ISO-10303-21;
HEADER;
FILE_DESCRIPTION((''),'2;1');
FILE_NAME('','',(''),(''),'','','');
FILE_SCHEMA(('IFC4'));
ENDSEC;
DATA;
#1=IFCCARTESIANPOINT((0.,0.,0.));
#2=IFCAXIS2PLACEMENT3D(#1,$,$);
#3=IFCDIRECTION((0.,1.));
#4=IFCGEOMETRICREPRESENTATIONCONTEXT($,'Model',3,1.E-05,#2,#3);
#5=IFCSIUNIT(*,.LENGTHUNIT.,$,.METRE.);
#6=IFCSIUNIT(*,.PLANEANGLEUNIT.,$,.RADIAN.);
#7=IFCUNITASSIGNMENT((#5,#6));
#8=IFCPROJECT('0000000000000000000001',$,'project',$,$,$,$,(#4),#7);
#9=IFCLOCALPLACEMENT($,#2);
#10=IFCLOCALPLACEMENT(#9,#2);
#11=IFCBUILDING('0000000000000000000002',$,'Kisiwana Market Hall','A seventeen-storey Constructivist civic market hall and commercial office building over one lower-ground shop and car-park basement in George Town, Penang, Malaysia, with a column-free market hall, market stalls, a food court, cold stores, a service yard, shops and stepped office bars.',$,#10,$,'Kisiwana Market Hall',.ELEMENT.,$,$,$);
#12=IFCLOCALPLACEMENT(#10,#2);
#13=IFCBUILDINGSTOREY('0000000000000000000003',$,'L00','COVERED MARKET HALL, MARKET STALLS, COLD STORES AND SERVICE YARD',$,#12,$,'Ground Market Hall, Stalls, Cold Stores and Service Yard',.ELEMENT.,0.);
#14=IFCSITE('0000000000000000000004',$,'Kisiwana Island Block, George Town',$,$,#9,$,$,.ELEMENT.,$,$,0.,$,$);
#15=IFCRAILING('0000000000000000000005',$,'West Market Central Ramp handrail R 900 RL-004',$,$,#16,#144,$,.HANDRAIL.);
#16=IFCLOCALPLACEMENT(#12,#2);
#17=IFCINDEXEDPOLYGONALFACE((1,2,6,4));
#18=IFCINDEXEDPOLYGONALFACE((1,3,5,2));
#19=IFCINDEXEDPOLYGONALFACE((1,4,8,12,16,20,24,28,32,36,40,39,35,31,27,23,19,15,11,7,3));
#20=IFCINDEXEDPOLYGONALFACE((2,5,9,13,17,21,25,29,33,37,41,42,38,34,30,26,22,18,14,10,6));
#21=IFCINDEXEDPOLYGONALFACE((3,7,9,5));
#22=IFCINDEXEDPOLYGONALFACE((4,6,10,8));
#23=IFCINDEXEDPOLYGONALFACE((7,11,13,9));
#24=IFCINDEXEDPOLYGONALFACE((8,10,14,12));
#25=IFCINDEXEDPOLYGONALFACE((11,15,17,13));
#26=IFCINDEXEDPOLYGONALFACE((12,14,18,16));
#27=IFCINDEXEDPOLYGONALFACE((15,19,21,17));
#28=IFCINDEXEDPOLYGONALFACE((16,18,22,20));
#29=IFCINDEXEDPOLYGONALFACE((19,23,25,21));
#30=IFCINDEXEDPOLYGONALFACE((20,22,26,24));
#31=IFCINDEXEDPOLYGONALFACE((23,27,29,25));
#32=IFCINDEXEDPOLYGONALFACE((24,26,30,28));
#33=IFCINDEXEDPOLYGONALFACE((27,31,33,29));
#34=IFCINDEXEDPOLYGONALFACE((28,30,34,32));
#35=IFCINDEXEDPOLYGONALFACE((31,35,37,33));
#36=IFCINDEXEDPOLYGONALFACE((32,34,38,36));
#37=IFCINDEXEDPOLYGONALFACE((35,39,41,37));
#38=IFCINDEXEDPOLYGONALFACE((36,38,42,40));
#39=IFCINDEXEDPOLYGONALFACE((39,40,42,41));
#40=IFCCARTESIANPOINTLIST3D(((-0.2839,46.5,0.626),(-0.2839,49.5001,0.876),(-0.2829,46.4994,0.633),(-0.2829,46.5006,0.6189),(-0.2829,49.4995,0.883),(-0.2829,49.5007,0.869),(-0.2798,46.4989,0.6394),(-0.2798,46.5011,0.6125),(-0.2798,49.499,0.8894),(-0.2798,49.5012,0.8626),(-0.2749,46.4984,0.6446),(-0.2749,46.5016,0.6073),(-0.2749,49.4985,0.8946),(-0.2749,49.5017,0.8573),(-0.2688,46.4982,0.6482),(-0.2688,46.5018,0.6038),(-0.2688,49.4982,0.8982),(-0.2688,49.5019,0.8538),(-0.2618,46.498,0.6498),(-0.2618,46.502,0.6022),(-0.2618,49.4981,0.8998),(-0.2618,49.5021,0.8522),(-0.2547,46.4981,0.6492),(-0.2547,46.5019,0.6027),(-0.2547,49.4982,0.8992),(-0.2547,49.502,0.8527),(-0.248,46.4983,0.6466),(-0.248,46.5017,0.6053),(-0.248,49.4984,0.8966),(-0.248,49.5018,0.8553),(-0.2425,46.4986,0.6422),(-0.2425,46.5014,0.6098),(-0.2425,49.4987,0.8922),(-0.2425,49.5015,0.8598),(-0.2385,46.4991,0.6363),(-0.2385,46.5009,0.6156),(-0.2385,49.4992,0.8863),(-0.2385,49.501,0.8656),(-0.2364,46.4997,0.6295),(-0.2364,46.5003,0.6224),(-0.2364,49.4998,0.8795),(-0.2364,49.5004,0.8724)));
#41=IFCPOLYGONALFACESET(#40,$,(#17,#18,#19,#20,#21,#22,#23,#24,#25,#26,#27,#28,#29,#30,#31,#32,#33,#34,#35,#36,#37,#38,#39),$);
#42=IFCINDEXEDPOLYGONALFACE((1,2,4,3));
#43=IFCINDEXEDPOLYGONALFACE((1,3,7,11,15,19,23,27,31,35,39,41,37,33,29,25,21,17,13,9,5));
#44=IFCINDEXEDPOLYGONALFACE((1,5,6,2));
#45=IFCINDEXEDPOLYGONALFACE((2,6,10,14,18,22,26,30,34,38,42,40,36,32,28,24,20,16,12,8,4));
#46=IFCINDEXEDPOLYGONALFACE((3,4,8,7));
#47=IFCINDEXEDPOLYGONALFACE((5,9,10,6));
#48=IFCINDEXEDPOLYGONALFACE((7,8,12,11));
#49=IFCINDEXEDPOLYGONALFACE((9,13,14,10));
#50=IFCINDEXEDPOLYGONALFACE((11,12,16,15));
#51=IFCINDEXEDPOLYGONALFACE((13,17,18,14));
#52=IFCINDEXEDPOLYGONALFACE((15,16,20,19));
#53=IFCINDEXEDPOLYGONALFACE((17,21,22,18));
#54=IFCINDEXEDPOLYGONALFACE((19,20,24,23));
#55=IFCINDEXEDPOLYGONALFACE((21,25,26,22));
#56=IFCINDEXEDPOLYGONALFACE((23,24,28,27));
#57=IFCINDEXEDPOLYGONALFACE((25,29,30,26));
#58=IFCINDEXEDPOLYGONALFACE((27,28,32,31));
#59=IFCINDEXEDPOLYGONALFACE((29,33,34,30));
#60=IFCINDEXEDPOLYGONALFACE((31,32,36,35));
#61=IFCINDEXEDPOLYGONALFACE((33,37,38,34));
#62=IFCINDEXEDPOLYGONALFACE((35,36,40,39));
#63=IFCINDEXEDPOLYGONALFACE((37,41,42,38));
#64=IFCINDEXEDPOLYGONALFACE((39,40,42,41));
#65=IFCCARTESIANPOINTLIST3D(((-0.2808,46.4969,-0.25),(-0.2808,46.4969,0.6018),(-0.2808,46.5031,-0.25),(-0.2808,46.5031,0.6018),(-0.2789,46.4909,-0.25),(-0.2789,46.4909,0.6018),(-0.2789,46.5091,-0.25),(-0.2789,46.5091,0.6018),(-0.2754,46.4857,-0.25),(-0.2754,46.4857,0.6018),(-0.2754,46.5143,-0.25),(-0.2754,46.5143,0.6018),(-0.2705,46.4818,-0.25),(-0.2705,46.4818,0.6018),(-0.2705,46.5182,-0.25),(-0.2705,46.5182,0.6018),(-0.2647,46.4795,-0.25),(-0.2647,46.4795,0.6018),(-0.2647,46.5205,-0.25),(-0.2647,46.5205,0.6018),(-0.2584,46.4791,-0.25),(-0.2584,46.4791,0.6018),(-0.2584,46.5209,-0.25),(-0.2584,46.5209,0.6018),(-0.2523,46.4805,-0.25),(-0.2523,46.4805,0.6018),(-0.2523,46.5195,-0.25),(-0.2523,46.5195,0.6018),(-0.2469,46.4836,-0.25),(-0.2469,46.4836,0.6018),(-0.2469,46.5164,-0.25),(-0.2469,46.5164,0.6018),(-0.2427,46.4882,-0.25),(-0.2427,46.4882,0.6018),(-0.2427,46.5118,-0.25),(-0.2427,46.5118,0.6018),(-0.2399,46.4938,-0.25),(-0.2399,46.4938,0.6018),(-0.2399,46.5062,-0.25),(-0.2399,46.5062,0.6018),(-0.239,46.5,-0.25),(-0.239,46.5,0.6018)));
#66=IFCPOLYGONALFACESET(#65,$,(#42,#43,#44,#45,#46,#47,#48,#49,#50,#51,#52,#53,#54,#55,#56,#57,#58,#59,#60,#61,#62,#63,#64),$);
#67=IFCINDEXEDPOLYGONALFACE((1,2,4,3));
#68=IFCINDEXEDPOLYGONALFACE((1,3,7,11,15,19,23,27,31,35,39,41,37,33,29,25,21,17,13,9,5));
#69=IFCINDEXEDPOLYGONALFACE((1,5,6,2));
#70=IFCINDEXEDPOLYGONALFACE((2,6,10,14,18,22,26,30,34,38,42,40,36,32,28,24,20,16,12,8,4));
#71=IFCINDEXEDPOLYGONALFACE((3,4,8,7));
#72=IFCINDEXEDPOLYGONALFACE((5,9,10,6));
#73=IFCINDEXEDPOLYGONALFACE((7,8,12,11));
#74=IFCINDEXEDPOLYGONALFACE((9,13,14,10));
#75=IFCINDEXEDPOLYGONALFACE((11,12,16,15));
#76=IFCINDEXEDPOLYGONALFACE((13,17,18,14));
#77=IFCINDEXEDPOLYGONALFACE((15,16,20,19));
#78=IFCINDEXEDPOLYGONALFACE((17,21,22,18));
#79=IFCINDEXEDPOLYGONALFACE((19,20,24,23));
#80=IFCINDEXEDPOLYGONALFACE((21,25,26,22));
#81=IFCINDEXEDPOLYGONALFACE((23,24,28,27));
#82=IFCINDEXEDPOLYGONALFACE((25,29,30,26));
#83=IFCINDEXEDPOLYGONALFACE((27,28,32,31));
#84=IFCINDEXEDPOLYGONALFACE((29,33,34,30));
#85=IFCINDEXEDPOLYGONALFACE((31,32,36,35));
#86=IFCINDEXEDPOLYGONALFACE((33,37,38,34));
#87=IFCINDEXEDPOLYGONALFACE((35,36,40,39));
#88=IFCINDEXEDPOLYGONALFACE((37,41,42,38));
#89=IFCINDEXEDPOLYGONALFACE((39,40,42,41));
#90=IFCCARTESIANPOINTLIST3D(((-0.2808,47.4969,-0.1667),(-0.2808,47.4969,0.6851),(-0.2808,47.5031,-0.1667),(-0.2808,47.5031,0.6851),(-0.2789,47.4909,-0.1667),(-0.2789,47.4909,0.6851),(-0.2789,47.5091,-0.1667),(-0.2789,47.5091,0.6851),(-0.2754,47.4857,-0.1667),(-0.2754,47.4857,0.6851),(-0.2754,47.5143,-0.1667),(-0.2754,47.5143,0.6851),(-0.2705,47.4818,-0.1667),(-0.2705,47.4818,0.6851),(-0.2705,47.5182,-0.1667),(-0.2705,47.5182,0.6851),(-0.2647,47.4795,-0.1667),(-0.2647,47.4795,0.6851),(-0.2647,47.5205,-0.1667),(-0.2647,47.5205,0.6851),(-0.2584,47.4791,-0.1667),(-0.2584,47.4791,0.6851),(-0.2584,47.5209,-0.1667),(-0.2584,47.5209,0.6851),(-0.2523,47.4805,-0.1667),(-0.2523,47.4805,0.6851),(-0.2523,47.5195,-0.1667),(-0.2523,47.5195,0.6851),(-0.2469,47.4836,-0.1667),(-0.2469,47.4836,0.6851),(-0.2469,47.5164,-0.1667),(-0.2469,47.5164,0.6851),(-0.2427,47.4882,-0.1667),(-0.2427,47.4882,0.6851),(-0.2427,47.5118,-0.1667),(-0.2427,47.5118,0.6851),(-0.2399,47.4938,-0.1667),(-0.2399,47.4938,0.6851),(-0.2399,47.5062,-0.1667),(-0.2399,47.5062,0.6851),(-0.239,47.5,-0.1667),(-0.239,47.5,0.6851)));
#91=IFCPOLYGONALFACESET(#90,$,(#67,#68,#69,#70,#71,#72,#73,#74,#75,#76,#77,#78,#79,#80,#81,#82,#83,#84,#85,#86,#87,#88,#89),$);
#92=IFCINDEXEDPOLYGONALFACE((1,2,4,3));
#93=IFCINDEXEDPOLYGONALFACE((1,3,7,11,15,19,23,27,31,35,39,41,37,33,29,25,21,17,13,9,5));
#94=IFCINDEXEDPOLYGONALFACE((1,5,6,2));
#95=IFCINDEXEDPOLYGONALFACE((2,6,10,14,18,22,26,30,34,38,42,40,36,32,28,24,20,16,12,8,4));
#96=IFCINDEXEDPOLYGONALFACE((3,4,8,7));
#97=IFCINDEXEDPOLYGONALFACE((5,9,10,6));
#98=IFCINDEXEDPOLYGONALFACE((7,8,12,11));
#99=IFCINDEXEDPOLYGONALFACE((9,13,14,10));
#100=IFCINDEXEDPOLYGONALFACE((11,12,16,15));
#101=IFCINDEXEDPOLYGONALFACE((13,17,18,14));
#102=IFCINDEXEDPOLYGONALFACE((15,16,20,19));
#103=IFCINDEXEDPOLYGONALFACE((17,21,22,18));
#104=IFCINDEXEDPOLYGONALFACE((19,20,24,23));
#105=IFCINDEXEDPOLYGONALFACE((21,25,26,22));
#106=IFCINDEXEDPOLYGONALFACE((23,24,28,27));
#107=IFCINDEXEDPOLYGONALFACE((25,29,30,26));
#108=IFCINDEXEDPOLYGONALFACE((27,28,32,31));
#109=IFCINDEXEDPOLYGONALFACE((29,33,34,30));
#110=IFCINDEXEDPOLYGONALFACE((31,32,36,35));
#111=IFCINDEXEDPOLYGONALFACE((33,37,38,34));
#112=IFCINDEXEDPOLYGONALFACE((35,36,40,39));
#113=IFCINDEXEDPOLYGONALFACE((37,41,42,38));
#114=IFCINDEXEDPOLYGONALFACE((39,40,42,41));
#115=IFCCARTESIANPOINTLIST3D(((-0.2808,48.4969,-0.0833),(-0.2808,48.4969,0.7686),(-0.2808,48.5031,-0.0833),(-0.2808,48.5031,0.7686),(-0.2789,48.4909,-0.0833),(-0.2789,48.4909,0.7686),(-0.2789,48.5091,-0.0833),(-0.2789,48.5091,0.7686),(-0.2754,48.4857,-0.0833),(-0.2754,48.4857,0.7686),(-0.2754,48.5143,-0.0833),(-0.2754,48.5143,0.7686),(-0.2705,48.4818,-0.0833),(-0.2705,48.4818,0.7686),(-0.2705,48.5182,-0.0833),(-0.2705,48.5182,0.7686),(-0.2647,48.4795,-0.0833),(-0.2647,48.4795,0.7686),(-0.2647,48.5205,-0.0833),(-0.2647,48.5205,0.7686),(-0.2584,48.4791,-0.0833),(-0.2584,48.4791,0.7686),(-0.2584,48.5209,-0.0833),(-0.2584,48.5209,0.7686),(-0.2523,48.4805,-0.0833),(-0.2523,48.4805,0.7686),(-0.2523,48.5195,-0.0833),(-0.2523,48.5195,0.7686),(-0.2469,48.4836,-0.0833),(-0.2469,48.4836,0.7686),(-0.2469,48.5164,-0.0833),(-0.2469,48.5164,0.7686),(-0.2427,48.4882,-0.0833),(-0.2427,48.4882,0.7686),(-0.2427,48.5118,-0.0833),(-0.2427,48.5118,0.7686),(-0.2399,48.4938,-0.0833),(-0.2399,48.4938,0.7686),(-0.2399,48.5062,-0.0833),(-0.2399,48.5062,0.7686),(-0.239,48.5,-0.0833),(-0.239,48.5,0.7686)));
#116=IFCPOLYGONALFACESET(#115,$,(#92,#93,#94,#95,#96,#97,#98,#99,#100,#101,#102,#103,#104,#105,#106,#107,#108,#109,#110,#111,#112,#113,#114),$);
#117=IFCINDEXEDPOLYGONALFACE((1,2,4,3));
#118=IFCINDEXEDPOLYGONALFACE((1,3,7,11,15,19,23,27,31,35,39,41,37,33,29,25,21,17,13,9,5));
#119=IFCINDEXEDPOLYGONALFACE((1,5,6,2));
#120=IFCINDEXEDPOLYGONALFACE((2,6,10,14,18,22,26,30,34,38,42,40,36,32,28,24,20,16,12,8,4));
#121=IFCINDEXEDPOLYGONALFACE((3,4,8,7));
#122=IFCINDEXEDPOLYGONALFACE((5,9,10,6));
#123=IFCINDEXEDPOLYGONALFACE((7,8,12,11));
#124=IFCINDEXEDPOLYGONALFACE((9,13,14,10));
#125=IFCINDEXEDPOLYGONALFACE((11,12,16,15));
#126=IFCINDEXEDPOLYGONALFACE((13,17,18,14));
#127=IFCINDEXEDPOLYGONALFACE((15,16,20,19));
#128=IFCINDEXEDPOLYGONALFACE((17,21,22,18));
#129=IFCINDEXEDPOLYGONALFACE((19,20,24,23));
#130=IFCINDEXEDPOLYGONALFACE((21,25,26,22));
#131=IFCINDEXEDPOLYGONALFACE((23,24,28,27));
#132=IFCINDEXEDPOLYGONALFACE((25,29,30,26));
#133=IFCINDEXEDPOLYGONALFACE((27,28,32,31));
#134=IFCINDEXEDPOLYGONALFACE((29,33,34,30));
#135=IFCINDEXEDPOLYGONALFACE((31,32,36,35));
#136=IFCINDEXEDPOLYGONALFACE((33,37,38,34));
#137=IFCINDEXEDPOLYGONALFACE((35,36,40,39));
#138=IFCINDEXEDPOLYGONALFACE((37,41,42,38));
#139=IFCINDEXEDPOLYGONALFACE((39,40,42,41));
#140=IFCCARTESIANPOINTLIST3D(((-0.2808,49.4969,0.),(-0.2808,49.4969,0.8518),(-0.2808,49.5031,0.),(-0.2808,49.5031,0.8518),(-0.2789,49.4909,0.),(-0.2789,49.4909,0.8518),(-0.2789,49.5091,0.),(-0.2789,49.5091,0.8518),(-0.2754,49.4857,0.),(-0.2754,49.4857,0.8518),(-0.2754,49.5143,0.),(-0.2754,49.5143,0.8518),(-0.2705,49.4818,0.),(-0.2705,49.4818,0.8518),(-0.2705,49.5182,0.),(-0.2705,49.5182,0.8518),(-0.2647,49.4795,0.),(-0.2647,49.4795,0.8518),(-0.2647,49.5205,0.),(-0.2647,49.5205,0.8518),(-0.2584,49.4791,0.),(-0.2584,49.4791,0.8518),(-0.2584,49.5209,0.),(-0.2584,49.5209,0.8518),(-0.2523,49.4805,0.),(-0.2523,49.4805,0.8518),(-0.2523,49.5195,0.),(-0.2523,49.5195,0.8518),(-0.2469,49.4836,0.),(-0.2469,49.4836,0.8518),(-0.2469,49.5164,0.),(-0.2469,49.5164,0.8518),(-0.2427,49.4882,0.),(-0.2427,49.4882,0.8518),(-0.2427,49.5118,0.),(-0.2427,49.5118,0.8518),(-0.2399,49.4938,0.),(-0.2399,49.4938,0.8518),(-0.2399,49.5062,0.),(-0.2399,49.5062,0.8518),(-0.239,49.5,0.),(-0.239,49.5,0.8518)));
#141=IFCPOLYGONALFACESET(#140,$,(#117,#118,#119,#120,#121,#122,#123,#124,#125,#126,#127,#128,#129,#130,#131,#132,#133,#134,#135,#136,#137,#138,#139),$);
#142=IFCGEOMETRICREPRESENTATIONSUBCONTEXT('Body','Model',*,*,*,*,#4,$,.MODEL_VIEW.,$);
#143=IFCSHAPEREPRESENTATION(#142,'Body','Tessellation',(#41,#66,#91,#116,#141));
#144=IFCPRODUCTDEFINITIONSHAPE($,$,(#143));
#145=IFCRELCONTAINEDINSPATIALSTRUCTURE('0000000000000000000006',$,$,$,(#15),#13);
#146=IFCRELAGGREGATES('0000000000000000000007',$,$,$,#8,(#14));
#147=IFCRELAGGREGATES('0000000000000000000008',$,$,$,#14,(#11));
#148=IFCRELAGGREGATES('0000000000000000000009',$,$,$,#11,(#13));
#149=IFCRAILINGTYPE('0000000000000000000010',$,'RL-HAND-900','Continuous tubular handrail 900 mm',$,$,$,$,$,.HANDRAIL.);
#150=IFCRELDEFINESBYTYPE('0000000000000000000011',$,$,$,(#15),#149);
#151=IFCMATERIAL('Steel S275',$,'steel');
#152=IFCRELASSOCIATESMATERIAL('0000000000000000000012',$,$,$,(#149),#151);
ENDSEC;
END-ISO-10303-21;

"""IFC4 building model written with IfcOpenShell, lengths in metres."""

from ifc_helpers import new_model, si_unit, direction, frame, origin, origin_2d, place, context, subcontext, project, spatial, circle, extrude, material, type_object, element, save


model = new_model("IFC4")

# Units and contexts
model_context = context("Model", 3, precision=1e-05, world=origin(), true_north=direction((0.0, 1.0)))
body_context = subcontext(model_context, "Body", "Model", "MODEL_VIEW")
ifc_project = project(units=[si_unit("LENGTHUNIT", "METRE"), si_unit("PLANEANGLEUNIT", "RADIAN")], contexts=[model_context])

# Site, building, storey
site_placement = place(None, origin())
site = spatial("IfcSite", under=ifc_project, at=site_placement, Name="Kisiwana Island Block, George Town", CompositionType="ELEMENT", RefElevation=0.0)
building_placement = place(site_placement, origin())
building = spatial("IfcBuilding", under=site, at=building_placement, Name="Kisiwana Market Hall", Description="A seventeen-storey Constructivist civic market hall and commercial office building over one lower-ground shop and car-park basement in George Town, Penang, Malaysia, with a column-free market hall, market stalls, a food court, cold stores, a service yard, shops and stepped office bars.", LongName="Kisiwana Market Hall", CompositionType="ELEMENT")
storey_placement = place(building_placement, origin())
storey = spatial("IfcBuildingStorey", under=building, at=storey_placement, Name="L00", Description="COVERED MARKET HALL, MARKET STALLS, COLD STORES AND SERVICE YARD", LongName="Ground Market Hall, Stalls, Cold Stores and Service Yard", CompositionType="ELEMENT", Elevation=0.0)

# Railing
ifc_material_1 = material(Name="Steel S275", Category="steel")
railing_type_1 = type_object("IfcRailingType", Name="RL-HAND-900", Description="Continuous tubular handrail 900 mm", PredefinedType="HANDRAIL", material=ifc_material_1)
for number, where, name in (
    (1, (-0.26, 46.5, -0.25), "West Market Central Ramp handrail R 900 RL-004"),
):
    element("IfcRailing", number, at=place(storey_placement, frame(where)), inside=storey, type_object=railing_type_1, Name=name, PredefinedType="HANDRAIL", context=body_context, shape_type="SweptSolid", body=[
        extrude(circle(Radius=0.0239, at=origin_2d()), frame((0.0, 0.0, 0.876), z_axis=(0.0, 0.996546, 0.083045), x_axis=(-1.0, 0.0, 0.0)), (0.0, 0.0, 1.0), 3.0105),
        extrude(circle(Radius=0.021, at=origin_2d()), origin(), (0.0, 0.0, 1.0), 0.8518),
        extrude(circle(Radius=0.021, at=origin_2d()), frame((0.0, 1.0, 0.0833)), (0.0, 0.0, 1.0), 0.8518),
        extrude(circle(Radius=0.021, at=origin_2d()), frame((0.0, 2.0, 0.1667)), (0.0, 0.0, 1.0), 0.8518),
        extrude(circle(Radius=0.021, at=origin_2d()), frame((0.0, 3.0, 0.25)), (0.0, 0.0, 1.0), 0.8518),
    ])

save(model, "model.ifc")
